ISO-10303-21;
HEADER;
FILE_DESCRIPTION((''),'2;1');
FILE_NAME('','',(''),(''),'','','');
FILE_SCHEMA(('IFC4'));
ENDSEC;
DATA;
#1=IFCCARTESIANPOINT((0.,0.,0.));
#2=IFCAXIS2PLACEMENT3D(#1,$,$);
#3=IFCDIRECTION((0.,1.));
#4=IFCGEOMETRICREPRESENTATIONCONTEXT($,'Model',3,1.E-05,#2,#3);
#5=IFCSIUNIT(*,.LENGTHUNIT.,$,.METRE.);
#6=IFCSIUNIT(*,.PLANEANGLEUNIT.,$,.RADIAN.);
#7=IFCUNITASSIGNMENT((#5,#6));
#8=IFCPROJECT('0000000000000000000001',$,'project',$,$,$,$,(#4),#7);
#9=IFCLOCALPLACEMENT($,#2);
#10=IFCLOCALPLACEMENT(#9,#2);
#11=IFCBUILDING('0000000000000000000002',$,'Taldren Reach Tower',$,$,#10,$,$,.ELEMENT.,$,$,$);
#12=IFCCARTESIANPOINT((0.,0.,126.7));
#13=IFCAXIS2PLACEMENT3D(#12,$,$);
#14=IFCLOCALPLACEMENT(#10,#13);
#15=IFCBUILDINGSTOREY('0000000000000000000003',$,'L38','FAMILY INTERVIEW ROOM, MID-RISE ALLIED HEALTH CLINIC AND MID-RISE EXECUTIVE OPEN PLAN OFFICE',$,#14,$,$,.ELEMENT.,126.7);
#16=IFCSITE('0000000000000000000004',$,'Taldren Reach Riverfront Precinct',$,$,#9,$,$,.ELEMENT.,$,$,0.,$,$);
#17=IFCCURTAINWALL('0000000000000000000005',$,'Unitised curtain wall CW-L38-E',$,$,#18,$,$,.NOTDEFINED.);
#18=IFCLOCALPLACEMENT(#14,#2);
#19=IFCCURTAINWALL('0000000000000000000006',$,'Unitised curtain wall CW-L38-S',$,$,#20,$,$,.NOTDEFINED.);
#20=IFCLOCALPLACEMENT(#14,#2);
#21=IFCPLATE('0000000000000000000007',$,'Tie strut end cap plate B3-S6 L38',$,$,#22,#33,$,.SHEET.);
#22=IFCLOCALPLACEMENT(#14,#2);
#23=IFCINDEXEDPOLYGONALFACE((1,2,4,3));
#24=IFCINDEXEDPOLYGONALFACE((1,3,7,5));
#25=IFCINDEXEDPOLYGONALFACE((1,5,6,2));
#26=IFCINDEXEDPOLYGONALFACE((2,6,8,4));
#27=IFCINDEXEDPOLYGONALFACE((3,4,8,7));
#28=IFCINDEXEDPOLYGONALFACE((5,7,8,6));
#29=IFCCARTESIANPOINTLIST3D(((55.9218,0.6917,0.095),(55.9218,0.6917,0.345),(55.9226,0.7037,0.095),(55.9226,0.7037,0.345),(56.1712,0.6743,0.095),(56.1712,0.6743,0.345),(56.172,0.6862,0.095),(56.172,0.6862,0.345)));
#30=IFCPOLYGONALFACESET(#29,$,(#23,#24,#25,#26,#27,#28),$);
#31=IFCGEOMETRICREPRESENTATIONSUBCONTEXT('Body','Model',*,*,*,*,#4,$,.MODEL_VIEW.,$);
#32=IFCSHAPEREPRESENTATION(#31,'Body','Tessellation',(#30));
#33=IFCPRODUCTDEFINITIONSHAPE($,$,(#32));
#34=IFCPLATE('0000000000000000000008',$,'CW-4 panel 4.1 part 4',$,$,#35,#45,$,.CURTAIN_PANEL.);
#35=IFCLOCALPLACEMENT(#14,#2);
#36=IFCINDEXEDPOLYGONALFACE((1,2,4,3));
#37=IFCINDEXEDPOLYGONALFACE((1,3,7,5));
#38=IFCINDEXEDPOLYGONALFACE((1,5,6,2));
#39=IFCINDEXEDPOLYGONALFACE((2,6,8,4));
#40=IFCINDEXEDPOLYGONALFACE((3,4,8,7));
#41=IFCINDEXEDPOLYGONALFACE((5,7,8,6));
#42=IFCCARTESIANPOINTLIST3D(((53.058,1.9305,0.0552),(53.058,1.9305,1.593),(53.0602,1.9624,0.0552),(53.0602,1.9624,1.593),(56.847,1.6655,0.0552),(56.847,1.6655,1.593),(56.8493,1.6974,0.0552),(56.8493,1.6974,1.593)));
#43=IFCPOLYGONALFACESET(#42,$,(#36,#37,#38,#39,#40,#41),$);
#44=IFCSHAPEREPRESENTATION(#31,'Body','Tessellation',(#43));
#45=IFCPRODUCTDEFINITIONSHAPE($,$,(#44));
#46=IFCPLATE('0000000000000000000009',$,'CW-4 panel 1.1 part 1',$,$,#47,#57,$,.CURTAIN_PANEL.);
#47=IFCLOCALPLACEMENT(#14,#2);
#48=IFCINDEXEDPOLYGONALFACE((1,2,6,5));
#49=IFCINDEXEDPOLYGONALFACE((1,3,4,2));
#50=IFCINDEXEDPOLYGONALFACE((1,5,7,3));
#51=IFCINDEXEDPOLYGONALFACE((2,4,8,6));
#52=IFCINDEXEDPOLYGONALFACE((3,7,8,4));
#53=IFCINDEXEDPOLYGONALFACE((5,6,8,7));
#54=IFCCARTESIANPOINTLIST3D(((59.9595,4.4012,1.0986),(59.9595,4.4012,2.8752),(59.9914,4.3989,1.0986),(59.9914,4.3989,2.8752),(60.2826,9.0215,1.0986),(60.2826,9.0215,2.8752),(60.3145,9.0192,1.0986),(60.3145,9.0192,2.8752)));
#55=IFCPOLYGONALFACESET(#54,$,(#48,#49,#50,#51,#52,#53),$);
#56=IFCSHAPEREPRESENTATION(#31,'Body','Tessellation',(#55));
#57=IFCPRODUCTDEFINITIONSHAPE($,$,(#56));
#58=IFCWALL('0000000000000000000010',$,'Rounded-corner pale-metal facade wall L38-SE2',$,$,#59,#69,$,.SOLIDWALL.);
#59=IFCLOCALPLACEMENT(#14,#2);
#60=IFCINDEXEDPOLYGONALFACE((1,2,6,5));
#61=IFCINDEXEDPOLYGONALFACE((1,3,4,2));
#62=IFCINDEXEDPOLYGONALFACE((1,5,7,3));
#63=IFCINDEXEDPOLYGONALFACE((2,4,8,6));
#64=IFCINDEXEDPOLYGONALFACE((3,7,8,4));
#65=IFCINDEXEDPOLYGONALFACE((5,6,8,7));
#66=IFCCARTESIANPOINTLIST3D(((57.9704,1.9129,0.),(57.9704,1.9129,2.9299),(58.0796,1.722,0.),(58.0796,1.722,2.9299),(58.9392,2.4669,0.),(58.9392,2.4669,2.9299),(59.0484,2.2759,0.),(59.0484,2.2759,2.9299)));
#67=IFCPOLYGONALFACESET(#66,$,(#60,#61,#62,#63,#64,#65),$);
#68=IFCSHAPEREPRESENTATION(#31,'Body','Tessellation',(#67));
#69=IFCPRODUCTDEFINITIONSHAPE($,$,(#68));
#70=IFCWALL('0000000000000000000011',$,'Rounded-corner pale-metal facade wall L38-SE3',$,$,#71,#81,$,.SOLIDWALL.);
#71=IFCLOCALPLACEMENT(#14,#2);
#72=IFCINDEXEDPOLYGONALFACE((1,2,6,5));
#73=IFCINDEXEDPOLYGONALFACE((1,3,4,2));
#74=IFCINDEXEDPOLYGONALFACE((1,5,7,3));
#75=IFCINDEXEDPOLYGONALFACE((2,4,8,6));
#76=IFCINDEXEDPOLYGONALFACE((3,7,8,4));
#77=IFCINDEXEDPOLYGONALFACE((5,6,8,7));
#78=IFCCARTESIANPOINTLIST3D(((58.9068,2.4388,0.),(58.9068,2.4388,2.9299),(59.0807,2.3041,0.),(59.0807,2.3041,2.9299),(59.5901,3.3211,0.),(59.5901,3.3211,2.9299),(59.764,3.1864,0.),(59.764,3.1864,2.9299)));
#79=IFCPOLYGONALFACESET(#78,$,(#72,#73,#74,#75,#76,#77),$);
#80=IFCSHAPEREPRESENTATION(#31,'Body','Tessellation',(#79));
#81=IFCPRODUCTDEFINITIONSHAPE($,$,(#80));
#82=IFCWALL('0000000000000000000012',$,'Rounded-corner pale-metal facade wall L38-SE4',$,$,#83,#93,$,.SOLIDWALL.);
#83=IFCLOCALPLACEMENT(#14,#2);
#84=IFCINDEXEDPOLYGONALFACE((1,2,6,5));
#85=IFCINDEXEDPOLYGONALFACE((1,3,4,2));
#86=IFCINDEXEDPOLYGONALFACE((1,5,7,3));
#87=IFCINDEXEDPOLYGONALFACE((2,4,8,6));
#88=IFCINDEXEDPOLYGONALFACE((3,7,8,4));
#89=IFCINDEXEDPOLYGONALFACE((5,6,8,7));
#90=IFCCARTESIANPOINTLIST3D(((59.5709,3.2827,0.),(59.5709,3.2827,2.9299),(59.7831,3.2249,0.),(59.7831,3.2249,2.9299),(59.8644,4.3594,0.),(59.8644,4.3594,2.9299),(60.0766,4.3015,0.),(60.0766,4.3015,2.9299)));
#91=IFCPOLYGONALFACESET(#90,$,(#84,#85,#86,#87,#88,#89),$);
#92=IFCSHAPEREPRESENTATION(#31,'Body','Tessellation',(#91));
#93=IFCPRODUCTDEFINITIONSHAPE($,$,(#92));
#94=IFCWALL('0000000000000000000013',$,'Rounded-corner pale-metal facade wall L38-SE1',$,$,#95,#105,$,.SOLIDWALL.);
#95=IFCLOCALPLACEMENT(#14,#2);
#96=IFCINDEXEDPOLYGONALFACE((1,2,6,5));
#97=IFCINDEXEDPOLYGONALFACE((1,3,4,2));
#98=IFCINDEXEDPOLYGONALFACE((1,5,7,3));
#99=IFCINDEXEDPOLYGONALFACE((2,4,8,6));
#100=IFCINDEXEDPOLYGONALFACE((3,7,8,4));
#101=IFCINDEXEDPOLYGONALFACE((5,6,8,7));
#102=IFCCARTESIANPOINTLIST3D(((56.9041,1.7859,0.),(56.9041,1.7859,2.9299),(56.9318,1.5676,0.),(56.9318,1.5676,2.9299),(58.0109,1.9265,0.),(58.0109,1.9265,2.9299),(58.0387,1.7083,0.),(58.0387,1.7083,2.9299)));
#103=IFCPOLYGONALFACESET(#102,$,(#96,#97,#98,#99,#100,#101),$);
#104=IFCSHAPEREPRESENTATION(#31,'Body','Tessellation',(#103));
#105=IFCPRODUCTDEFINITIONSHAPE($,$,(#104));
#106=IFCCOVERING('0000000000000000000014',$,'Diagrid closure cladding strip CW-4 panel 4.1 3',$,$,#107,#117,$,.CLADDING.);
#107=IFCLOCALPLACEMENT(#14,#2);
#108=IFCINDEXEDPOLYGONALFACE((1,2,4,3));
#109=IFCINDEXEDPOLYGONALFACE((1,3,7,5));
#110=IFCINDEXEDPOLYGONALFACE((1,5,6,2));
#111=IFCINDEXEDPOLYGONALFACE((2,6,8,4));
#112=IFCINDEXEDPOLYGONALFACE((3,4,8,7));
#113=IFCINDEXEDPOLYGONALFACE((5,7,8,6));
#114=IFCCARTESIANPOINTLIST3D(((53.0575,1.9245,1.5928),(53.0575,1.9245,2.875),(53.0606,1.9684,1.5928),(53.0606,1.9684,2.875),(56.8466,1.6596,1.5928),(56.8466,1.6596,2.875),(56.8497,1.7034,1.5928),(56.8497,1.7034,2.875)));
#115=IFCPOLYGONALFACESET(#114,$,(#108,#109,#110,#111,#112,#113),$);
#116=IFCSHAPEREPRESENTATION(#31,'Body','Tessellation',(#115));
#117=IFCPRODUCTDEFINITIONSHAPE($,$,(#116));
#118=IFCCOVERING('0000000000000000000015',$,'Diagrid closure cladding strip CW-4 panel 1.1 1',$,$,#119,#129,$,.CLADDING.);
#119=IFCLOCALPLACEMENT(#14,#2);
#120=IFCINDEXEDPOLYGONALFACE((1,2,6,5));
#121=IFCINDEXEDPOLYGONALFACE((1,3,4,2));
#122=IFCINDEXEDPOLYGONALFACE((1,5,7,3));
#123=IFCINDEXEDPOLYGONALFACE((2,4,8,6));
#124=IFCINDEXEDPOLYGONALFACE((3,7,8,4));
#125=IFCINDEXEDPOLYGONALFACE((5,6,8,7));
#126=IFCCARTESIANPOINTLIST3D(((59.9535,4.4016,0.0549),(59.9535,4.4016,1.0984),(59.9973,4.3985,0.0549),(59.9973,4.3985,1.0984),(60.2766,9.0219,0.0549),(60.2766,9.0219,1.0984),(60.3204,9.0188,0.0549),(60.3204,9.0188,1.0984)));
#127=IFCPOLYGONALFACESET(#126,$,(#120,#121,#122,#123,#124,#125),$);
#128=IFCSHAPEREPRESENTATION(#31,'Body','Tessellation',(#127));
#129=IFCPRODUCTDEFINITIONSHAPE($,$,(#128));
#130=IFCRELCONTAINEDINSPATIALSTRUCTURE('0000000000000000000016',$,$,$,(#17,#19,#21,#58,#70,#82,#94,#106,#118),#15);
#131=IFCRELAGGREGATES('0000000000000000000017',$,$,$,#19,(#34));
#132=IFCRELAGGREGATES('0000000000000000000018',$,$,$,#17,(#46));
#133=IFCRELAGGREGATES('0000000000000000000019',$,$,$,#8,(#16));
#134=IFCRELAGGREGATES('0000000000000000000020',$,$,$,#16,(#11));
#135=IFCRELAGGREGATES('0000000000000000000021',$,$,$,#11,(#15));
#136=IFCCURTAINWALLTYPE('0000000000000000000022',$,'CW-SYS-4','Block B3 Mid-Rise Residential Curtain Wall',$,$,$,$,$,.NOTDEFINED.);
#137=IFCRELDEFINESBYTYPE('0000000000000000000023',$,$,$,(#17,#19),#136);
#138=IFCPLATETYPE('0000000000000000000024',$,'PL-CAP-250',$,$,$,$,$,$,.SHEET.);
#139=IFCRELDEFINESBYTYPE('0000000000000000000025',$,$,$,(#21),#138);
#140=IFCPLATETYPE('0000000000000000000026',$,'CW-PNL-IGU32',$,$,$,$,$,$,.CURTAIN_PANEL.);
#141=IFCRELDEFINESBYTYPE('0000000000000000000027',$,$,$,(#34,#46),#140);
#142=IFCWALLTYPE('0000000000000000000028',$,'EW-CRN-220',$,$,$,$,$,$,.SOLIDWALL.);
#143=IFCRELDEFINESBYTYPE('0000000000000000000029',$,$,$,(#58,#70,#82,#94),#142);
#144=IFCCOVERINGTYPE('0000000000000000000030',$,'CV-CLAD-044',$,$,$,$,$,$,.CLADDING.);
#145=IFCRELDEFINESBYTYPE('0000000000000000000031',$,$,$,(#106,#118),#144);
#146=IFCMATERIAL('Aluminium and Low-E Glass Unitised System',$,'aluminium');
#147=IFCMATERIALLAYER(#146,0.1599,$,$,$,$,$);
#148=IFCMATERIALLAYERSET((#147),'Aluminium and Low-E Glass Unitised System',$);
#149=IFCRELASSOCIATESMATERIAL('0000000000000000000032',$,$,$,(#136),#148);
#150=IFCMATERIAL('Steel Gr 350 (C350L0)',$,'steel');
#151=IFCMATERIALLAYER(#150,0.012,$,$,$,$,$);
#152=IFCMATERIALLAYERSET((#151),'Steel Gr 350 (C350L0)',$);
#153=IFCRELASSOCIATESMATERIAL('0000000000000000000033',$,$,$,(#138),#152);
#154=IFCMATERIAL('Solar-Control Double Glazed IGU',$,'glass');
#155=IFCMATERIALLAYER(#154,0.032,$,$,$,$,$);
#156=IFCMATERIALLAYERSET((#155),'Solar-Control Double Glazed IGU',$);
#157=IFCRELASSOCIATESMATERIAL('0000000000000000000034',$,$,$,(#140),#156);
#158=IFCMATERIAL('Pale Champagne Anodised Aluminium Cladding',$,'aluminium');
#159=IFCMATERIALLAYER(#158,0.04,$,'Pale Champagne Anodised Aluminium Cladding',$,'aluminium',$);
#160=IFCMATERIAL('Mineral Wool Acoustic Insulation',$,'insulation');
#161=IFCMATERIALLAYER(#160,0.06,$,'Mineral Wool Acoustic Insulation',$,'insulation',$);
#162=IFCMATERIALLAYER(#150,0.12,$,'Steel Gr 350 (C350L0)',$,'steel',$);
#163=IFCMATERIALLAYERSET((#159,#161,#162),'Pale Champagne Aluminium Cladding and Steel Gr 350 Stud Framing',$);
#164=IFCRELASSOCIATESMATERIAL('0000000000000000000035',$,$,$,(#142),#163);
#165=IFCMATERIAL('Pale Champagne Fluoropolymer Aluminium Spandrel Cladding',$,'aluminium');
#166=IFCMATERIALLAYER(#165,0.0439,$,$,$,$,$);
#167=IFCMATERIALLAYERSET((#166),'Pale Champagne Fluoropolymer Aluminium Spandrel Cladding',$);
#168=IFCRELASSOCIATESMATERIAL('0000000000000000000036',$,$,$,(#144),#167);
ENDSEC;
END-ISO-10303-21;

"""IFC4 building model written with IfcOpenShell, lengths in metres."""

from ifc_helpers import new_model, si_unit, direction, frame, frame_2d, origin, origin_2d, place, context, subcontext, project, spatial, rectangle, extrude, source, transform, mapped, material, layer, layer_set, type_object, element, aggregate, save


model = new_model("IFC4")

# Units and contexts
model_context = context("Model", 3, precision=1e-05, world=origin(), true_north=direction((0.0, 1.0)))
body_context = subcontext(model_context, "Body", "Model", "MODEL_VIEW")
ifc_project = project(units=[si_unit("LENGTHUNIT", "METRE"), si_unit("PLANEANGLEUNIT", "RADIAN")], contexts=[model_context])

# Site, building, storey
site_placement = place(None, origin())
site = spatial("IfcSite", under=ifc_project, at=site_placement, Name="Taldren Reach Riverfront Precinct", CompositionType="ELEMENT", RefElevation=0.0)
building_placement = place(site_placement, origin())
building = spatial("IfcBuilding", under=site, at=building_placement, Name="Taldren Reach Tower", CompositionType="ELEMENT")
storey_placement = place(building_placement, frame((0.0, 0.0, 126.7)))
storey = spatial("IfcBuildingStorey", under=building, at=storey_placement, Name="L38", Description="FAMILY INTERVIEW ROOM, MID-RISE ALLIED HEALTH CLINIC AND MID-RISE EXECUTIVE OPEN PLAN OFFICE", CompositionType="ELEMENT", Elevation=126.7)

# Shared definitions
ifc_material_1 = material(Name="Steel Gr 350 (C350L0)", Category="steel")

# Curtain wall
ifc_material_2 = material(Name="Aluminium and Low-E Glass Unitised System", Category="aluminium")
ifc_layer_1 = layer(ifc_material_2, 0.1599)
ifc_layer_set_1 = layer_set([ifc_layer_1], Name="Aluminium and Low-E Glass Unitised System")
curtain_wall_type = type_object("IfcCurtainWallType", Name="CW-SYS-4", Description="Block B3 Mid-Rise Residential Curtain Wall", PredefinedType="NOTDEFINED", material=ifc_layer_set_1)
curtain_wall_1_placement = place(storey_placement, origin())
curtain_wall_1 = element("IfcCurtainWall", 1, at=curtain_wall_1_placement, inside=storey, type_object=curtain_wall_type, Name="Unitised curtain wall CW-L38-E", PredefinedType="NOTDEFINED")

# Curtain wall
curtain_wall_2_placement = place(storey_placement, origin())
curtain_wall_2 = element("IfcCurtainWall", 2, at=curtain_wall_2_placement, inside=storey, type_object=curtain_wall_type, Name="Unitised curtain wall CW-L38-S", PredefinedType="NOTDEFINED")

# Plate
ifc_layer_2 = layer(ifc_material_1, 0.012)
ifc_layer_set_2 = layer_set([ifc_layer_2], Name="Steel Gr 350 (C350L0)")
plate_type_1 = type_object("IfcPlateType", Name="PL-CAP-250", PredefinedType="SHEET", material=ifc_layer_set_2)
shared_shape_1 = source(origin(), body_context, "Body", "SweptSolid", [
    extrude(rectangle(XDim=0.25, YDim=0.012, at=origin_2d()), origin(), (0.0, 0.0, 1.0), 0.25),
])
plate_1_placement = place(storey_placement, frame((56.0469, 0.689, 0.095), z_axis=(0.0, 0.0, 1.0), x_axis=(0.997564, -0.069756, 0.0)))
element("IfcPlate", 3, at=plate_1_placement, inside=storey, type_object=plate_type_1, Name="Tie strut end cap plate B3-S6 L38", PredefinedType="SHEET", context=body_context, shape_type="MappedRepresentation", body=[
    mapped(shared_shape_1, transform((0.0, 0.0, 0.0), scale=1.0)),
])

# Plates
ifc_material_3 = material(Name="Solar-Control Double Glazed IGU", Category="glass")
ifc_layer_3 = layer(ifc_material_3, 0.032)
ifc_layer_set_3 = layer_set([ifc_layer_3], Name="Solar-Control Double Glazed IGU")
plate_type_2 = type_object("IfcPlateType", Name="CW-PNL-IGU32", PredefinedType="CURTAIN_PANEL", material=ifc_layer_set_3)
shared_shape_2 = source(origin(), body_context, "Body", "SweptSolid", [
    extrude(rectangle(XDim=3.7983, YDim=0.032, at=origin_2d()), origin(), (0.0, 0.0, 1.0), 1.5378),
])
plate_2_placement = place(storey_placement, frame((54.9536, 1.814, 0.0552), z_axis=(0.0, 0.0, 1.0), x_axis=(0.997564, -0.069757, 0.0)))
plate_2 = element("IfcPlate", 4, at=plate_2_placement, type_object=plate_type_2, Name="CW-4 panel 4.1 part 4", PredefinedType="CURTAIN_PANEL", context=body_context, shape_type="MappedRepresentation", body=[
    mapped(shared_shape_2, transform((0.0, 0.0, 0.0), scale=1.0)),
])
aggregate(curtain_wall_2, [plate_2])
shared_shape_3 = source(origin(), body_context, "Body", "SweptSolid", [
    extrude(rectangle(XDim=4.6316, YDim=0.032, at=origin_2d()), origin(), (0.0, 0.0, 1.0), 1.7766),
])
plate_3_placement = place(storey_placement, frame((60.137, 6.7102, 1.0986), z_axis=(0.0, 0.0, 1.0), x_axis=(0.069756, 0.997564, 0.0)))
plate_3 = element("IfcPlate", 5, at=plate_3_placement, type_object=plate_type_2, Name="CW-4 panel 1.1 part 1", PredefinedType="CURTAIN_PANEL", context=body_context, shape_type="MappedRepresentation", body=[
    mapped(shared_shape_3, transform((0.0, 0.0, 0.0), scale=1.0)),
])
aggregate(curtain_wall_1, [plate_3])

# Walls
ifc_material_4 = material(Name="Pale Champagne Anodised Aluminium Cladding", Category="aluminium")
ifc_layer_4 = layer(ifc_material_4, 0.04, Name="Pale Champagne Anodised Aluminium Cladding", Category="aluminium")
ifc_material_5 = material(Name="Mineral Wool Acoustic Insulation", Category="insulation")
ifc_layer_5 = layer(ifc_material_5, 0.06, Name="Mineral Wool Acoustic Insulation", Category="insulation")
ifc_layer_6 = layer(ifc_material_1, 0.12, Name="Steel Gr 350 (C350L0)", Category="steel")
ifc_layer_set_4 = layer_set([ifc_layer_4, ifc_layer_5, ifc_layer_6], Name="Pale Champagne Aluminium Cladding and Steel Gr 350 Stud Framing")
wall_type = type_object("IfcWallType", Name="EW-CRN-220", PredefinedType="SOLIDWALL", material=ifc_layer_set_4)
shared_shape_4 = source(origin(), body_context, "Body", "SweptSolid", [
    extrude(rectangle(XDim=1.116, YDim=0.22, at=frame_2d((0.5581, 0.0))), origin(), (0.0, 0.0, 1.0), 2.9299),
])
for number, where, z_axis, x_axis, name in (
    (6, (58.0249, 1.8174, 0.0), (0.0, 0.0, 1.0), (0.868095, 0.496398, 0.0), "Rounded-corner pale-metal facade wall L38-SE2"),
    (7, (58.9937, 2.3713, 0.0), (0.0, 0.0, 1.0), (0.612319, 0.790611, 0.0), "Rounded-corner pale-metal facade wall L38-SE3"),
    (8, (59.677, 3.2537, 0.0), (0.0, 0.0, 1.0), (0.262969, 0.964804, 0.0), "Rounded-corner pale-metal facade wall L38-SE4"),
):
    element("IfcWall", number, at=place(storey_placement, frame(where, z_axis=z_axis, x_axis=x_axis)), inside=storey, type_object=wall_type, Name=name, PredefinedType="SOLIDWALL", context=body_context, shape_type="MappedRepresentation", body=[
        mapped(shared_shape_4, transform((0.0, 0.0, 0.0), scale=1.0)),
    ])
shared_shape_5 = source(origin(), body_context, "Body", "SweptSolid", [
    extrude(rectangle(XDim=1.1157, YDim=0.22, at=frame_2d((0.5579, 0.0))), origin(), (0.0, 0.0, 1.0), 2.9299),
])
wall_placement = place(storey_placement, frame((56.918, 1.6768, 0.0), z_axis=(0.0, 0.0, 1.0), x_axis=(0.992027, 0.126027, 0.0)))
element("IfcWall", 9, at=wall_placement, inside=storey, type_object=wall_type, Name="Rounded-corner pale-metal facade wall L38-SE1", PredefinedType="SOLIDWALL", context=body_context, shape_type="MappedRepresentation", body=[
    mapped(shared_shape_5, transform((0.0, 0.0, 0.0), scale=1.0)),
])

# Coverings
ifc_material_6 = material(Name="Pale Champagne Fluoropolymer Aluminium Spandrel Cladding", Category="aluminium")
ifc_layer_7 = layer(ifc_material_6, 0.0439)
ifc_layer_set_5 = layer_set([ifc_layer_7], Name="Pale Champagne Fluoropolymer Aluminium Spandrel Cladding")
covering_type = type_object("IfcCoveringType", Name="CV-CLAD-044", PredefinedType="CLADDING", material=ifc_layer_set_5)
shared_shape_6 = source(origin(), body_context, "Body", "SweptSolid", [
    extrude(rectangle(XDim=3.7983, YDim=0.0439, at=origin_2d()), origin(), (0.0, 0.0, 1.0), 1.2822),
])
covering_1_placement = place(storey_placement, frame((54.9536, 1.814, 1.5928), z_axis=(0.0, 0.0, 1.0), x_axis=(0.997564, -0.069757, 0.0)))
element("IfcCovering", 10, at=covering_1_placement, inside=storey, type_object=covering_type, Name="Diagrid closure cladding strip CW-4 panel 4.1 3", PredefinedType="CLADDING", context=body_context, shape_type="MappedRepresentation", body=[
    mapped(shared_shape_6, transform((0.0, 0.0, 0.0), scale=1.0)),
])
shared_shape_7 = source(origin(), body_context, "Body", "SweptSolid", [
    extrude(rectangle(XDim=4.6316, YDim=0.0439, at=origin_2d()), origin(), (0.0, 0.0, 1.0), 1.0435),
])
covering_2_placement = place(storey_placement, frame((60.137, 6.7102, 0.0549), z_axis=(0.0, 0.0, 1.0), x_axis=(0.069756, 0.997564, 0.0)))
element("IfcCovering", 11, at=covering_2_placement, inside=storey, type_object=covering_type, Name="Diagrid closure cladding strip CW-4 panel 1.1 1", PredefinedType="CLADDING", context=body_context, shape_type="MappedRepresentation", body=[
    mapped(shared_shape_7, transform((0.0, 0.0, 0.0), scale=1.0)),
])

save(model, "model.ifc")
